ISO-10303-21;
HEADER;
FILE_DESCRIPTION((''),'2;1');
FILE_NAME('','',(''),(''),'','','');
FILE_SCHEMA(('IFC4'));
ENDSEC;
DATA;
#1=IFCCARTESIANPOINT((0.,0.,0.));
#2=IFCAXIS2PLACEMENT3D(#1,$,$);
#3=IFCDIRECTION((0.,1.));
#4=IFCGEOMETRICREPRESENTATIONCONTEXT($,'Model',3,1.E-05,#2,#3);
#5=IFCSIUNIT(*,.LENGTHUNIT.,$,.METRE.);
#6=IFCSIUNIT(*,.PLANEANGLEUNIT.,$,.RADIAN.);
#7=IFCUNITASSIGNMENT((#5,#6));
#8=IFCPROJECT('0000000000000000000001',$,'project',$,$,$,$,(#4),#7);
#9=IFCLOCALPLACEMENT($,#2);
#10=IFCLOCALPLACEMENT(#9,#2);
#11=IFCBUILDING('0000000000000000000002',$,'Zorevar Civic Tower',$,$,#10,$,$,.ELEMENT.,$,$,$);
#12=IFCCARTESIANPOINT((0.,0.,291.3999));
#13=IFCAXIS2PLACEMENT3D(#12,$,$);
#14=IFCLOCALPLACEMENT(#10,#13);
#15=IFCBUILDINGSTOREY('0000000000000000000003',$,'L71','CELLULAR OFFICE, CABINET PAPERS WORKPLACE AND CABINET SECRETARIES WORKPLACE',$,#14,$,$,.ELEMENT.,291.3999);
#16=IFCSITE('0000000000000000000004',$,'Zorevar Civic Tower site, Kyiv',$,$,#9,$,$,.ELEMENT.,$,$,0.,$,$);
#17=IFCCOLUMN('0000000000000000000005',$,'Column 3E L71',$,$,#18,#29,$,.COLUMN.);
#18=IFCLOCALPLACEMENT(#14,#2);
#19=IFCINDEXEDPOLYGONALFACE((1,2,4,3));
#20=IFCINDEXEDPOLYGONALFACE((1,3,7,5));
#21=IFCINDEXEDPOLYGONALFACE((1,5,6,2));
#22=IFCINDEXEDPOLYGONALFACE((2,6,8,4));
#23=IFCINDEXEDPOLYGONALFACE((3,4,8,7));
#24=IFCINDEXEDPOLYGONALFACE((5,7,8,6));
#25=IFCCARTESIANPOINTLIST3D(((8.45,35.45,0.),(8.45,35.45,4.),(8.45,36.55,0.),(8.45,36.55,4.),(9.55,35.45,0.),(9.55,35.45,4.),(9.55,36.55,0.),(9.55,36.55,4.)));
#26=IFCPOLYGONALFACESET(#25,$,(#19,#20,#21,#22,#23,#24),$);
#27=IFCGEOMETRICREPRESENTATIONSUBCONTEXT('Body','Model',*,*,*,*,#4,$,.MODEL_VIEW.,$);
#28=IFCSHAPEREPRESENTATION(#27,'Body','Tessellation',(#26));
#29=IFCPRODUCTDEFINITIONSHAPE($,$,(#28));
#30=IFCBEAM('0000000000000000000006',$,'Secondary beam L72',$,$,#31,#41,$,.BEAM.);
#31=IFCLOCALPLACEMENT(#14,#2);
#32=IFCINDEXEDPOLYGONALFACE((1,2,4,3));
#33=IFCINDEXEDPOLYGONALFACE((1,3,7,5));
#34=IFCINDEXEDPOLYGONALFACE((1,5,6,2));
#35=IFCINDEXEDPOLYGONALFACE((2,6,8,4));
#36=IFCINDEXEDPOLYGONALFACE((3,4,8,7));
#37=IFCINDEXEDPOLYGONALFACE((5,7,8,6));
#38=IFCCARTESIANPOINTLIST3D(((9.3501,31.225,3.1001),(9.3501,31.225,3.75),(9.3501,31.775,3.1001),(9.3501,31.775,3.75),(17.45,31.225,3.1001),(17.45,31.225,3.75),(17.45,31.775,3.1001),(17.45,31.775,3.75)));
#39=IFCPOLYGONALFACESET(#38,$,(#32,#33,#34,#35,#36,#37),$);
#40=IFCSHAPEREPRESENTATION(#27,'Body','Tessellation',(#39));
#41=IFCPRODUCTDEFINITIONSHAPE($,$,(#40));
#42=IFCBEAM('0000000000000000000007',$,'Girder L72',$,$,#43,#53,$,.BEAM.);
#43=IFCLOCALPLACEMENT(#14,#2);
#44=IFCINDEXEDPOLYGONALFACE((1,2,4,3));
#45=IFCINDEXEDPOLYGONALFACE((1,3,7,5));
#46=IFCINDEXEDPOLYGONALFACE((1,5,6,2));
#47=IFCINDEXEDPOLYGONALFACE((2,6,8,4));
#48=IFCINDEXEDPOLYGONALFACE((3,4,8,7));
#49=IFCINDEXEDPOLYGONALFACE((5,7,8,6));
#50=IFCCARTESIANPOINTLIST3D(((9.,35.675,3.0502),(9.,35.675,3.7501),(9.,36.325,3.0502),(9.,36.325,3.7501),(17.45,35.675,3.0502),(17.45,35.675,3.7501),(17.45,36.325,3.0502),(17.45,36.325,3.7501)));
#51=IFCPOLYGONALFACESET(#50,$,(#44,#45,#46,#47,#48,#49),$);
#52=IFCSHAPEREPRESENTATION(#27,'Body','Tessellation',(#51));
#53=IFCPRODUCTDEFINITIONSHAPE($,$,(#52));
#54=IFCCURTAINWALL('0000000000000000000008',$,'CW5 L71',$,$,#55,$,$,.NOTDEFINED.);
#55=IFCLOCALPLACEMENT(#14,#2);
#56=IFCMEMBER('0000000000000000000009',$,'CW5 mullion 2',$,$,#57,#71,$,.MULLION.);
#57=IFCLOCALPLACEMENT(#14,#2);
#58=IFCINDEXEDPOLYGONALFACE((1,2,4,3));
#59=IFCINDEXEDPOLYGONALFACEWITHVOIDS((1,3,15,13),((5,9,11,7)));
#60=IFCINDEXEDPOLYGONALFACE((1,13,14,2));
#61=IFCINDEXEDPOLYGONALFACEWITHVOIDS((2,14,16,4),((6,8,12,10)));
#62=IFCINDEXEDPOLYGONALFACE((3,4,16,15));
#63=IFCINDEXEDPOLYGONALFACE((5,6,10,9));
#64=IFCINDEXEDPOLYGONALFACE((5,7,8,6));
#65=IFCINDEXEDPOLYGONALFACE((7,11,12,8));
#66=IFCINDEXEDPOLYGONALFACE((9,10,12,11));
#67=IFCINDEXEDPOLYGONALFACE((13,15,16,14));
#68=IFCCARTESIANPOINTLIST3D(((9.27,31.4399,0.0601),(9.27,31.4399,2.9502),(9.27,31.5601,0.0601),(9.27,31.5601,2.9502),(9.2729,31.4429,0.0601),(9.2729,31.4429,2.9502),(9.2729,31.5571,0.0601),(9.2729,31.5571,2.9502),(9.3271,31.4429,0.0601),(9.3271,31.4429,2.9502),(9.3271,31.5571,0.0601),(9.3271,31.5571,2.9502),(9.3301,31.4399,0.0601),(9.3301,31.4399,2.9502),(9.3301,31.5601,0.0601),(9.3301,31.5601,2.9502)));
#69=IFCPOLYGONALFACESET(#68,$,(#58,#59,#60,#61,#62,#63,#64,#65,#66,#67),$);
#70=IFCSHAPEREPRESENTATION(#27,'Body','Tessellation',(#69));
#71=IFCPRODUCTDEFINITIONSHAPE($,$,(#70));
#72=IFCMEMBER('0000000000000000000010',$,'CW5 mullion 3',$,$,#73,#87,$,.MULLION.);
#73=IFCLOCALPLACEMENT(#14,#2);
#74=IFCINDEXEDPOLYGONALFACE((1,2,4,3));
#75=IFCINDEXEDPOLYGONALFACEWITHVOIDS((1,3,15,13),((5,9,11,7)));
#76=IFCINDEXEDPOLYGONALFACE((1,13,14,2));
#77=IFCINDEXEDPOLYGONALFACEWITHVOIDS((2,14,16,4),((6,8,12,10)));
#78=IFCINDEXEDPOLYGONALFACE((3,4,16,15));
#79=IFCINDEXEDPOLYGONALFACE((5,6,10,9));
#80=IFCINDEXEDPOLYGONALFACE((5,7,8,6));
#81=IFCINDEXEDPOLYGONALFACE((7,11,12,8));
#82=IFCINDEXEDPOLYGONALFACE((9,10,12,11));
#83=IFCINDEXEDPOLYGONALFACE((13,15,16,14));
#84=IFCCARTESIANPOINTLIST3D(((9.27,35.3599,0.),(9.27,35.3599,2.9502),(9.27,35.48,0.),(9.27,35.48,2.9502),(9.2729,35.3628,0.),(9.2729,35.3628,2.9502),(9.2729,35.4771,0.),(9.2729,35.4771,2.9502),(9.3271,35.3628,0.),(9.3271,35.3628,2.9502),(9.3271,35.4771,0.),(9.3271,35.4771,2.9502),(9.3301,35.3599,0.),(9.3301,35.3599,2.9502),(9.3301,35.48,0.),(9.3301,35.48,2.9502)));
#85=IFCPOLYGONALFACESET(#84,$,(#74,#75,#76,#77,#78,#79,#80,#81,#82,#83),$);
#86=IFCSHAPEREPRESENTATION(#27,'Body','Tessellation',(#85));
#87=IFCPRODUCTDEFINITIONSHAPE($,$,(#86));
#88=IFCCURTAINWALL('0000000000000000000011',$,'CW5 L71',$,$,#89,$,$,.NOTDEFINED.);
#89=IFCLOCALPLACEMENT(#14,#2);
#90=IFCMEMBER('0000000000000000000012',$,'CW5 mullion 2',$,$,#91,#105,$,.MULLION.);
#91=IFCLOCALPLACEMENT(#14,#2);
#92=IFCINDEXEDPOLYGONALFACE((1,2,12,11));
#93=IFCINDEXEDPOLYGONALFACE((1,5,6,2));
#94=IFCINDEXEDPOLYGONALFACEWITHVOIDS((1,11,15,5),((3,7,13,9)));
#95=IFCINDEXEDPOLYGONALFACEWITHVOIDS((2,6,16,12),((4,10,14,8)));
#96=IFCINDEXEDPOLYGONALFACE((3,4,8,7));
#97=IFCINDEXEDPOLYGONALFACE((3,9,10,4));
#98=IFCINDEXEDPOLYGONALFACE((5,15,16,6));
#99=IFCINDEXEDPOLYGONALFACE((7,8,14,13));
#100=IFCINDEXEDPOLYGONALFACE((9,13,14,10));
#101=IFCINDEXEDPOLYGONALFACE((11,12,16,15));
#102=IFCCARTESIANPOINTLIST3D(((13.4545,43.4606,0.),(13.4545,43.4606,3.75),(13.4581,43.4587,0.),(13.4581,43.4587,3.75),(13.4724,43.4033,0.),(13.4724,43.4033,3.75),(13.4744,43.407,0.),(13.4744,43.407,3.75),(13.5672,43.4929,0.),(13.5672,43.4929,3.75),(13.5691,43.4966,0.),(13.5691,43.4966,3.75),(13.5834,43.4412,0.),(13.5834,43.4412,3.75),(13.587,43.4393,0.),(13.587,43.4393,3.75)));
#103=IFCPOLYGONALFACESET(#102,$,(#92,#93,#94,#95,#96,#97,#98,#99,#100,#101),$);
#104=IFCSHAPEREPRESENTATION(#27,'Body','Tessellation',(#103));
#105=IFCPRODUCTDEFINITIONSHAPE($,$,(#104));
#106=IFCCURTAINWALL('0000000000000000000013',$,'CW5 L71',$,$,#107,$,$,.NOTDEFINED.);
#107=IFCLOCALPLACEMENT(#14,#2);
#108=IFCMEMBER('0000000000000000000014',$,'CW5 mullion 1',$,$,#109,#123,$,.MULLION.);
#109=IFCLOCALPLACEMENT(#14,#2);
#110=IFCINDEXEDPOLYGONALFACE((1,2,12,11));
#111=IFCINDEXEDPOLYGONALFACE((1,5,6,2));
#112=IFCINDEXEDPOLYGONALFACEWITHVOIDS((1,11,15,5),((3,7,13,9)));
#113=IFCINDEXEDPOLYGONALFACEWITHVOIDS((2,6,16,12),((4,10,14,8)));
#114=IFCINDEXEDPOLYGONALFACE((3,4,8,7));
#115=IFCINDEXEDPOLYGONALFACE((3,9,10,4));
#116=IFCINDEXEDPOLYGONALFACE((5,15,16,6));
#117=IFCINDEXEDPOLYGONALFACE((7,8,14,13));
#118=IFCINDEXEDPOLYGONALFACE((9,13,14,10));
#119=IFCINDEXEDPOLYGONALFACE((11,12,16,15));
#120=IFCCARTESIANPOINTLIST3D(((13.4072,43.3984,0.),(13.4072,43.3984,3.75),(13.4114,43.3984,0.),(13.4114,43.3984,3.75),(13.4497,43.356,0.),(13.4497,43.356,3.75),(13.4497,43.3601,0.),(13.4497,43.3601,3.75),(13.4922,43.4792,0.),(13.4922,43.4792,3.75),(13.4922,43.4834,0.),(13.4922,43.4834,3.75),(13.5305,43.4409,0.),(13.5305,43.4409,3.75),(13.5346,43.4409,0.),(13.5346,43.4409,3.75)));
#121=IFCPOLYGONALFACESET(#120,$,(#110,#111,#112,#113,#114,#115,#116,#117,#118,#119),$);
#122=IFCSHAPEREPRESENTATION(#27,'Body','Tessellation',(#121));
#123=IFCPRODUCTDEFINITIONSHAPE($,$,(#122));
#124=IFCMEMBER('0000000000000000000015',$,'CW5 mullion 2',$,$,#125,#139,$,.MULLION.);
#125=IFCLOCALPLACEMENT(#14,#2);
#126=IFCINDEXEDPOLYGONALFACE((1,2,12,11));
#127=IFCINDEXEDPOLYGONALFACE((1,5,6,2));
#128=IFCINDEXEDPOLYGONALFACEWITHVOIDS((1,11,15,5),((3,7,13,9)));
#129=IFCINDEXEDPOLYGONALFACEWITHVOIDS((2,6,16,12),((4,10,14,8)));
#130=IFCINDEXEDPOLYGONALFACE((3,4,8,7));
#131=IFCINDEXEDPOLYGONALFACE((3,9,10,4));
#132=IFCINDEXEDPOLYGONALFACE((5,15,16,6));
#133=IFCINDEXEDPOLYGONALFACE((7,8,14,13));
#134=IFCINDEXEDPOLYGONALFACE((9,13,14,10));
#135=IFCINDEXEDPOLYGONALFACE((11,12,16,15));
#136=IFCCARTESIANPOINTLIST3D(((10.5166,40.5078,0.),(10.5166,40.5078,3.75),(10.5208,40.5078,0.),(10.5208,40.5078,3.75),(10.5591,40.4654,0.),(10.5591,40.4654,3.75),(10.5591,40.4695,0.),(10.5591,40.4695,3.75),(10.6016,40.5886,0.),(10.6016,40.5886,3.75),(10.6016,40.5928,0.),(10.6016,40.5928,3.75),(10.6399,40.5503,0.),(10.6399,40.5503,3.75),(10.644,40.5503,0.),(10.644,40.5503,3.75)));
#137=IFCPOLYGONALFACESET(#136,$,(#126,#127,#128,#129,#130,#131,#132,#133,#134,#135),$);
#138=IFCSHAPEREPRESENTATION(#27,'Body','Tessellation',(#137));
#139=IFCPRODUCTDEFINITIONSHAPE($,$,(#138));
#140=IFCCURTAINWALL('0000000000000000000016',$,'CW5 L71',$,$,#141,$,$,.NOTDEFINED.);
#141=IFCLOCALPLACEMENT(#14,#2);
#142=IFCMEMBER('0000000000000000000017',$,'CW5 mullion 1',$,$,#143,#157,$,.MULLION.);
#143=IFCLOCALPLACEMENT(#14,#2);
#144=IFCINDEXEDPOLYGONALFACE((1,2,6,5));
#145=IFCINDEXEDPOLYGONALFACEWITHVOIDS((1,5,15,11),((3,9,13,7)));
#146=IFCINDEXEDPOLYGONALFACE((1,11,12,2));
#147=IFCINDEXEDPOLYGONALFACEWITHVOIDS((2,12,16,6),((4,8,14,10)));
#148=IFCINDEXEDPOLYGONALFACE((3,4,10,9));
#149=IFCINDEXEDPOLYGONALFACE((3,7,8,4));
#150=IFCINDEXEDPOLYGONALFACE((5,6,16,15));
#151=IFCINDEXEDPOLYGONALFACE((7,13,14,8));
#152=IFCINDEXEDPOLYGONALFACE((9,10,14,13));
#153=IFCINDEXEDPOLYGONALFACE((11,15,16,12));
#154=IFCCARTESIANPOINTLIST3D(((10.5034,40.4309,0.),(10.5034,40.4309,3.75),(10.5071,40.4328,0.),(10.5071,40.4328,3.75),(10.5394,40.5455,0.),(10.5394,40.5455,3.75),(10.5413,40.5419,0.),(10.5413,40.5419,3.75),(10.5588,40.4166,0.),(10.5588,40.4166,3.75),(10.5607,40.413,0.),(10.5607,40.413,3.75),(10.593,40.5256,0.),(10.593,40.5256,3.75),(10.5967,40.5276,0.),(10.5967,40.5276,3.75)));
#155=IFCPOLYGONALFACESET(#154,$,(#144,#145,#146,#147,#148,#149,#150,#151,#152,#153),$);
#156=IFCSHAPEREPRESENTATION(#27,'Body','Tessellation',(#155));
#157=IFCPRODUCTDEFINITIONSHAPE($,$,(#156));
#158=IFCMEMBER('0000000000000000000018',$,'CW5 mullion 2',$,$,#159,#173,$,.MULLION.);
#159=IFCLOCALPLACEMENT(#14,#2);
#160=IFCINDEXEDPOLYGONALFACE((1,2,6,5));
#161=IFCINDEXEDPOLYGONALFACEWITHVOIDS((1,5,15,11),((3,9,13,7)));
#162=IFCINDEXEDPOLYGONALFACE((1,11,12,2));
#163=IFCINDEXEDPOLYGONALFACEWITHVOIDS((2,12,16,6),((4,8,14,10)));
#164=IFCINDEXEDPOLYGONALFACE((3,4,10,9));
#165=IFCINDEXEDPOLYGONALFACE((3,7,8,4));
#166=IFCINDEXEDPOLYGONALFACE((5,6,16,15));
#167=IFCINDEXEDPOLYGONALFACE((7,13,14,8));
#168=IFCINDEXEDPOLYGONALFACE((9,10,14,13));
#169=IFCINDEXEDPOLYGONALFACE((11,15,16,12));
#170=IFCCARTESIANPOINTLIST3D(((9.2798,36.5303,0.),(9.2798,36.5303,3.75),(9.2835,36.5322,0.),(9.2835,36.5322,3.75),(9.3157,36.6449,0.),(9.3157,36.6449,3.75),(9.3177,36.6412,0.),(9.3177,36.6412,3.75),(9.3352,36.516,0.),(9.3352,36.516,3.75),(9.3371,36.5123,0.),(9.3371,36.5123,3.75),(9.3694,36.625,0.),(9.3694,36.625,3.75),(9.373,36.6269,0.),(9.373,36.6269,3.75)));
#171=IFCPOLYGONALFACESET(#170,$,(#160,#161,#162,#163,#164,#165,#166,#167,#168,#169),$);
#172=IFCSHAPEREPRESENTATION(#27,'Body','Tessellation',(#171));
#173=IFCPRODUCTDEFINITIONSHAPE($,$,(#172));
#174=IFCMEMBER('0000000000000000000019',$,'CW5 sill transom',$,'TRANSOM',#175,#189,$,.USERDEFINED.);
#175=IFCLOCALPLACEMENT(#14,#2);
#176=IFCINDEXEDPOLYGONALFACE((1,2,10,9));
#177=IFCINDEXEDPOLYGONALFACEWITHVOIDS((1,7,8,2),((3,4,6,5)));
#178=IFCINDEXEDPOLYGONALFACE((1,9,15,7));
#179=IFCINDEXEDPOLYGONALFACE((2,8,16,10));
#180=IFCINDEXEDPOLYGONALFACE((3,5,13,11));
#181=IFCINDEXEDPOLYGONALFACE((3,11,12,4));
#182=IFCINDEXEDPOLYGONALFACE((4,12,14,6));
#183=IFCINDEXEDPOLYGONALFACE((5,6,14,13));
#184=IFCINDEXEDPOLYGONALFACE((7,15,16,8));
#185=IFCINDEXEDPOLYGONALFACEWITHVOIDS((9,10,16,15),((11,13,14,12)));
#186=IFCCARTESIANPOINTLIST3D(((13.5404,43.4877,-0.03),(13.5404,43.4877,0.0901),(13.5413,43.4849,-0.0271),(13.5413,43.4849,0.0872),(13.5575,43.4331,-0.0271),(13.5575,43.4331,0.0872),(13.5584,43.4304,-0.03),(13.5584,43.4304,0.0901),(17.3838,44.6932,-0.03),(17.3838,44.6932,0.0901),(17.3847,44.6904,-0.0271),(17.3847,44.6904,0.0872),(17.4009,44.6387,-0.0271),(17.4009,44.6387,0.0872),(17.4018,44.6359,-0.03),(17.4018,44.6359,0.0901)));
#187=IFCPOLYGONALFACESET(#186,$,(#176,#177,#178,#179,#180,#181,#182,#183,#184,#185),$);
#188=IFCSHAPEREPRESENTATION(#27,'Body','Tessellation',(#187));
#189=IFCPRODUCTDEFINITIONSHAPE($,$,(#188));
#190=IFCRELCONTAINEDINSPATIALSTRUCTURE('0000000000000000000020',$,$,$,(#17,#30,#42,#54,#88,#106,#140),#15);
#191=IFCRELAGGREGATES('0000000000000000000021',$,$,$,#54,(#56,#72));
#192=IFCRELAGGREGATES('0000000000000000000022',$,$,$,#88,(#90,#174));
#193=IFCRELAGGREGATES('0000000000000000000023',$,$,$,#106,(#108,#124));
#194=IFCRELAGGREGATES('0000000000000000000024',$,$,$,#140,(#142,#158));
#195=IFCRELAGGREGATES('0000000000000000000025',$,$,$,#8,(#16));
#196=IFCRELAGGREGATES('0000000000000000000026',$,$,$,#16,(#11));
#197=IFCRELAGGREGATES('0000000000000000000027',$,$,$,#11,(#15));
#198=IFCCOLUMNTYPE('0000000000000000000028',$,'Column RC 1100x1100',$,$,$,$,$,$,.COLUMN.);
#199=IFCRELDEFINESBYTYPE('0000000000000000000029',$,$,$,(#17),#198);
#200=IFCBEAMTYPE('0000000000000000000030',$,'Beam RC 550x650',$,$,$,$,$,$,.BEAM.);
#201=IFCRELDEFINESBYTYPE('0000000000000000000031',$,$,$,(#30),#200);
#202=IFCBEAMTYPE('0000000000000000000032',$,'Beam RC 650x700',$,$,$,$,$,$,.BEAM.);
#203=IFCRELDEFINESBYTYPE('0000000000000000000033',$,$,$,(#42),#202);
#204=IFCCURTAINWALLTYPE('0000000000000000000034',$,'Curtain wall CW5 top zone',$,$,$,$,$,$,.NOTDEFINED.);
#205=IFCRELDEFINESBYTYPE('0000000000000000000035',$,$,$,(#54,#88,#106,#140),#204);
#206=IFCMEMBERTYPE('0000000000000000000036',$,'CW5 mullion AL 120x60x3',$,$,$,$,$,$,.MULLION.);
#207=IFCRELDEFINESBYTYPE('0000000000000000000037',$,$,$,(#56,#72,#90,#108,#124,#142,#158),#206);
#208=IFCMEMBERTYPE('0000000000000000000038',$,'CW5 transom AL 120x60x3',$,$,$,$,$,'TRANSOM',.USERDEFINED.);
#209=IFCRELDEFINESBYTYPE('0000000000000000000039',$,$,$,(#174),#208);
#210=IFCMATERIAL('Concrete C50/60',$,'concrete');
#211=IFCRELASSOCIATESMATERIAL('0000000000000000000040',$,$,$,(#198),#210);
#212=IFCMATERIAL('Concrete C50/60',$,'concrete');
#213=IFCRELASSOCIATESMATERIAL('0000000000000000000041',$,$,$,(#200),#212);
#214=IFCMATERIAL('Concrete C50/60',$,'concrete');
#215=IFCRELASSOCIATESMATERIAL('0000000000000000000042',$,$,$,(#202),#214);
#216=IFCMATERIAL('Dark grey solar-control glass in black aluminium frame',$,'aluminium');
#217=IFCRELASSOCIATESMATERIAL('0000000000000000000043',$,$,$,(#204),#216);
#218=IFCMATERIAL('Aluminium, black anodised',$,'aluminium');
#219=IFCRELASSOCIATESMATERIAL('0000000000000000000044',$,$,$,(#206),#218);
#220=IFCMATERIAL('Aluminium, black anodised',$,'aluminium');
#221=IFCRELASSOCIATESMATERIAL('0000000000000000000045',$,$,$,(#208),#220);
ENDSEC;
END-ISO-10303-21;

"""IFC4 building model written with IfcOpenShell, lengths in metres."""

from ifc_helpers import new_model, si_unit, direction, frame, origin, origin_2d, place, context, subcontext, project, spatial, rectangle, hollow_rectangle, extrude, material, material_profile, profile_set, type_object, element, aggregate, save


model = new_model("IFC4")

# Units and contexts
model_context = context("Model", 3, precision=1e-05, world=origin(), true_north=direction((0.0, 1.0)))
body_context = subcontext(model_context, "Body", "Model", "MODEL_VIEW")
ifc_project = project(units=[si_unit("LENGTHUNIT", "METRE"), si_unit("PLANEANGLEUNIT", "RADIAN")], contexts=[model_context])

# Site, building, storey
site_placement = place(None, origin())
site = spatial("IfcSite", under=ifc_project, at=site_placement, Name="Zorevar Civic Tower site, Kyiv", CompositionType="ELEMENT", RefElevation=0.0)
building_placement = place(site_placement, origin())
building = spatial("IfcBuilding", under=site, at=building_placement, Name="Zorevar Civic Tower", CompositionType="ELEMENT")
storey_placement = place(building_placement, frame((0.0, 0.0, 291.3999)))
storey = spatial("IfcBuildingStorey", under=building, at=storey_placement, Name="L71", Description="CELLULAR OFFICE, CABINET PAPERS WORKPLACE AND CABINET SECRETARIES WORKPLACE", CompositionType="ELEMENT", Elevation=291.3999)

# Column
ifc_material_1 = material(Name="Concrete C50/60", Category="concrete")
ifc_material_profile_1 = material_profile(ifc_material_1, rectangle(XDim=1.1001, YDim=1.1001, at=origin_2d()), Name="RC 1100x1100")
ifc_profile_set_1 = profile_set([ifc_material_profile_1], Name="Concrete C50/60")
column_type = type_object("IfcColumnType", Name="Column RC 1100x1100", PredefinedType="COLUMN", material=ifc_profile_set_1)
column_placement = place(storey_placement, frame((9.0, 36.0, 0.0), z_axis=(0.0, 0.0, 1.0), x_axis=(1.0, 0.0, 0.0)))
element("IfcColumn", 1, at=column_placement, inside=storey, type_object=column_type, Name="Column 3E L71", PredefinedType="COLUMN", context=body_context, shape_type="SweptSolid", body=[
    extrude(rectangle(XDim=1.1001, YDim=1.1001, at=origin_2d()), origin(), (0.0, 0.0, 1.0), 4.0),
])

# Beams
ifc_material_2 = material(Name="Concrete C50/60", Category="concrete")
ifc_material_profile_2 = material_profile(ifc_material_2, rectangle(XDim=0.55, YDim=0.6499, at=origin_2d()), Name="RC 550x650")
ifc_profile_set_2 = profile_set([ifc_material_profile_2], Name="Concrete C50/60")
beam_type_1 = type_object("IfcBeamType", Name="Beam RC 550x650", PredefinedType="BEAM", material=ifc_profile_set_2)
beam_1_placement = place(storey_placement, frame((9.3501, 31.5, 3.425), z_axis=(1.0, 0.0, 0.0), x_axis=(0.0, 1.0, 0.0)))
element("IfcBeam", 2, at=beam_1_placement, inside=storey, type_object=beam_type_1, Name="Secondary beam L72", PredefinedType="BEAM", context=body_context, shape_type="SweptSolid", body=[
    extrude(rectangle(XDim=0.55, YDim=0.6499, at=origin_2d()), origin(), (0.0, 0.0, 1.0), 8.0999),
])
ifc_material_3 = material(Name="Concrete C50/60", Category="concrete")
ifc_material_profile_3 = material_profile(ifc_material_3, rectangle(XDim=0.6499, YDim=0.7, at=origin_2d()), Name="RC 650x700")
ifc_profile_set_3 = profile_set([ifc_material_profile_3], Name="Concrete C50/60")
beam_type_2 = type_object("IfcBeamType", Name="Beam RC 650x700", PredefinedType="BEAM", material=ifc_profile_set_3)
beam_2_placement = place(storey_placement, frame((9.0, 36.0, 3.4001), z_axis=(1.0, 0.0, 0.0), x_axis=(0.0, 1.0, 0.0)))
element("IfcBeam", 3, at=beam_2_placement, inside=storey, type_object=beam_type_2, Name="Girder L72", PredefinedType="BEAM", context=body_context, shape_type="SweptSolid", body=[
    extrude(rectangle(XDim=0.6499, YDim=0.7, at=origin_2d()), origin(), (0.0, 0.0, 1.0), 8.45),
])

# Curtain wall, members
ifc_material_4 = material(Name="Dark grey solar-control glass in black aluminium frame", Category="aluminium")
curtain_wall_type = type_object("IfcCurtainWallType", Name="Curtain wall CW5 top zone", PredefinedType="NOTDEFINED", material=ifc_material_4)
curtain_wall_1_placement = place(storey_placement, origin())
curtain_wall_1 = element("IfcCurtainWall", 4, at=curtain_wall_1_placement, inside=storey, type_object=curtain_wall_type, Name="CW5 L71", PredefinedType="NOTDEFINED")
ifc_material_5 = material(Name="Aluminium, black anodised", Category="aluminium")
ifc_material_profile_4 = material_profile(ifc_material_5, hollow_rectangle(XDim=0.0601, YDim=0.1201, WallThickness=0.0029, at=origin_2d()), Name="AL 120x60x3")
ifc_profile_set_4 = profile_set([ifc_material_profile_4], Name="Aluminium, black anodised")
member_type_1 = type_object("IfcMemberType", Name="CW5 mullion AL 120x60x3", PredefinedType="MULLION", material=ifc_profile_set_4)
member_1_placement = place(storey_placement, frame((9.3, 31.5, 0.0601), z_axis=(0.0, 0.0, 1.0), x_axis=(-1.0, 0.0, 0.0)))
member_1 = element("IfcMember", 5, at=member_1_placement, type_object=member_type_1, Name="CW5 mullion 2", PredefinedType="MULLION", context=body_context, shape_type="SweptSolid", body=[
    extrude(hollow_rectangle(XDim=0.0601, YDim=0.1201, WallThickness=0.0029, at=origin_2d()), origin(), (0.0, 0.0, 1.0), 2.8901),
])
member_2_placement = place(storey_placement, frame((9.3, 35.4199, 0.0), z_axis=(0.0, 0.0, 1.0), x_axis=(-1.0, 0.0, 0.0)))
member_2 = element("IfcMember", 6, at=member_2_placement, type_object=member_type_1, Name="CW5 mullion 3", PredefinedType="MULLION", context=body_context, shape_type="SweptSolid", body=[
    extrude(hollow_rectangle(XDim=0.0601, YDim=0.1201, WallThickness=0.0029, at=origin_2d()), origin(), (0.0, 0.0, 1.0), 2.9502),
])

# Curtain wall, member
curtain_wall_2_placement = place(storey_placement, origin())
curtain_wall_2 = element("IfcCurtainWall", 7, at=curtain_wall_2_placement, inside=storey, type_object=curtain_wall_type, Name="CW5 L71", PredefinedType="NOTDEFINED")
member_3_placement = place(storey_placement, frame((13.5208, 43.45, 0.0), z_axis=(0.0, 0.0, 1.0), x_axis=(0.299318, -0.954153, 0.0)))
member_3 = element("IfcMember", 8, at=member_3_placement, type_object=member_type_1, Name="CW5 mullion 2", PredefinedType="MULLION", context=body_context, shape_type="SweptSolid", body=[
    extrude(hollow_rectangle(XDim=0.0601, YDim=0.1201, WallThickness=0.0029, at=origin_2d()), origin(), (0.0, 0.0, 1.0), 3.75),
])

# Curtain walls, members
curtain_wall_3_placement = place(storey_placement, origin())
curtain_wall_3 = element("IfcCurtainWall", 9, at=curtain_wall_3_placement, inside=storey, type_object=curtain_wall_type, Name="CW5 L71", PredefinedType="NOTDEFINED")
member_4_placement = place(storey_placement, frame((13.4709, 43.4197, 0.0), z_axis=(0.0, 0.0, 1.0), x_axis=(0.707107, -0.707107, 0.0)))
member_4 = element("IfcMember", 10, at=member_4_placement, type_object=member_type_1, Name="CW5 mullion 1", PredefinedType="MULLION", context=body_context, shape_type="SweptSolid", body=[
    extrude(hollow_rectangle(XDim=0.0601, YDim=0.1201, WallThickness=0.0029, at=origin_2d()), origin(), (0.0, 0.0, 1.0), 3.75),
])
member_5_placement = place(storey_placement, frame((10.5803, 40.5291, 0.0), z_axis=(0.0, 0.0, 1.0), x_axis=(0.707107, -0.707107, 0.0)))
member_5 = element("IfcMember", 11, at=member_5_placement, type_object=member_type_1, Name="CW5 mullion 2", PredefinedType="MULLION", context=body_context, shape_type="SweptSolid", body=[
    extrude(hollow_rectangle(XDim=0.0601, YDim=0.1201, WallThickness=0.0029, at=origin_2d()), origin(), (0.0, 0.0, 1.0), 3.75),
])
curtain_wall_4_placement = place(storey_placement, origin())
curtain_wall_4 = element("IfcCurtainWall", 12, at=curtain_wall_4_placement, inside=storey, type_object=curtain_wall_type, Name="CW5 L71", PredefinedType="NOTDEFINED")
member_6_placement = place(storey_placement, frame((10.55, 40.4792, 0.0), z_axis=(0.0, 0.0, 1.0), x_axis=(0.954153, -0.299318, 0.0)))
member_6 = element("IfcMember", 13, at=member_6_placement, type_object=member_type_1, Name="CW5 mullion 1", PredefinedType="MULLION", context=body_context, shape_type="SweptSolid", body=[
    extrude(hollow_rectangle(XDim=0.0601, YDim=0.1201, WallThickness=0.0029, at=origin_2d()), origin(), (0.0, 0.0, 1.0), 3.75),
])
member_7_placement = place(storey_placement, frame((9.3264, 36.5786, 0.0), z_axis=(0.0, 0.0, 1.0), x_axis=(0.954153, -0.299318, 0.0)))
member_7 = element("IfcMember", 14, at=member_7_placement, type_object=member_type_1, Name="CW5 mullion 2", PredefinedType="MULLION", context=body_context, shape_type="SweptSolid", body=[
    extrude(hollow_rectangle(XDim=0.0601, YDim=0.1201, WallThickness=0.0029, at=origin_2d()), origin(), (0.0, 0.0, 1.0), 3.75),
])

# Member
ifc_material_6 = material(Name="Aluminium, black anodised", Category="aluminium")
ifc_material_profile_5 = material_profile(ifc_material_6, hollow_rectangle(XDim=0.0601, YDim=0.1201, WallThickness=0.0029, at=origin_2d()), Name="AL 120x60x3")
ifc_profile_set_5 = profile_set([ifc_material_profile_5], Name="Aluminium, black anodised")
member_type_2 = type_object("IfcMemberType", Name="CW5 transom AL 120x60x3", ElementType="TRANSOM", PredefinedType="USERDEFINED", material=ifc_profile_set_5)
member_8_placement = place(storey_placement, frame((17.3928, 44.6646, 0.03), z_axis=(-0.954163, -0.299286, 0.0), x_axis=(0.299286, -0.954163, 0.0)))
member_8 = element("IfcMember", 15, at=member_8_placement, type_object=member_type_2, Name="CW5 sill transom", ObjectType="TRANSOM", PredefinedType="USERDEFINED", context=body_context, shape_type="SweptSolid", body=[
    extrude(hollow_rectangle(XDim=0.0601, YDim=0.1201, WallThickness=0.0029, at=origin_2d()), origin(), (0.0, 0.0, 1.0), 4.0281),
])

aggregate(curtain_wall_1, [member_1, member_2])
aggregate(curtain_wall_2, [member_3, member_8])
aggregate(curtain_wall_3, [member_4, member_5])
aggregate(curtain_wall_4, [member_6, member_7])

save(model, "model.ifc")
